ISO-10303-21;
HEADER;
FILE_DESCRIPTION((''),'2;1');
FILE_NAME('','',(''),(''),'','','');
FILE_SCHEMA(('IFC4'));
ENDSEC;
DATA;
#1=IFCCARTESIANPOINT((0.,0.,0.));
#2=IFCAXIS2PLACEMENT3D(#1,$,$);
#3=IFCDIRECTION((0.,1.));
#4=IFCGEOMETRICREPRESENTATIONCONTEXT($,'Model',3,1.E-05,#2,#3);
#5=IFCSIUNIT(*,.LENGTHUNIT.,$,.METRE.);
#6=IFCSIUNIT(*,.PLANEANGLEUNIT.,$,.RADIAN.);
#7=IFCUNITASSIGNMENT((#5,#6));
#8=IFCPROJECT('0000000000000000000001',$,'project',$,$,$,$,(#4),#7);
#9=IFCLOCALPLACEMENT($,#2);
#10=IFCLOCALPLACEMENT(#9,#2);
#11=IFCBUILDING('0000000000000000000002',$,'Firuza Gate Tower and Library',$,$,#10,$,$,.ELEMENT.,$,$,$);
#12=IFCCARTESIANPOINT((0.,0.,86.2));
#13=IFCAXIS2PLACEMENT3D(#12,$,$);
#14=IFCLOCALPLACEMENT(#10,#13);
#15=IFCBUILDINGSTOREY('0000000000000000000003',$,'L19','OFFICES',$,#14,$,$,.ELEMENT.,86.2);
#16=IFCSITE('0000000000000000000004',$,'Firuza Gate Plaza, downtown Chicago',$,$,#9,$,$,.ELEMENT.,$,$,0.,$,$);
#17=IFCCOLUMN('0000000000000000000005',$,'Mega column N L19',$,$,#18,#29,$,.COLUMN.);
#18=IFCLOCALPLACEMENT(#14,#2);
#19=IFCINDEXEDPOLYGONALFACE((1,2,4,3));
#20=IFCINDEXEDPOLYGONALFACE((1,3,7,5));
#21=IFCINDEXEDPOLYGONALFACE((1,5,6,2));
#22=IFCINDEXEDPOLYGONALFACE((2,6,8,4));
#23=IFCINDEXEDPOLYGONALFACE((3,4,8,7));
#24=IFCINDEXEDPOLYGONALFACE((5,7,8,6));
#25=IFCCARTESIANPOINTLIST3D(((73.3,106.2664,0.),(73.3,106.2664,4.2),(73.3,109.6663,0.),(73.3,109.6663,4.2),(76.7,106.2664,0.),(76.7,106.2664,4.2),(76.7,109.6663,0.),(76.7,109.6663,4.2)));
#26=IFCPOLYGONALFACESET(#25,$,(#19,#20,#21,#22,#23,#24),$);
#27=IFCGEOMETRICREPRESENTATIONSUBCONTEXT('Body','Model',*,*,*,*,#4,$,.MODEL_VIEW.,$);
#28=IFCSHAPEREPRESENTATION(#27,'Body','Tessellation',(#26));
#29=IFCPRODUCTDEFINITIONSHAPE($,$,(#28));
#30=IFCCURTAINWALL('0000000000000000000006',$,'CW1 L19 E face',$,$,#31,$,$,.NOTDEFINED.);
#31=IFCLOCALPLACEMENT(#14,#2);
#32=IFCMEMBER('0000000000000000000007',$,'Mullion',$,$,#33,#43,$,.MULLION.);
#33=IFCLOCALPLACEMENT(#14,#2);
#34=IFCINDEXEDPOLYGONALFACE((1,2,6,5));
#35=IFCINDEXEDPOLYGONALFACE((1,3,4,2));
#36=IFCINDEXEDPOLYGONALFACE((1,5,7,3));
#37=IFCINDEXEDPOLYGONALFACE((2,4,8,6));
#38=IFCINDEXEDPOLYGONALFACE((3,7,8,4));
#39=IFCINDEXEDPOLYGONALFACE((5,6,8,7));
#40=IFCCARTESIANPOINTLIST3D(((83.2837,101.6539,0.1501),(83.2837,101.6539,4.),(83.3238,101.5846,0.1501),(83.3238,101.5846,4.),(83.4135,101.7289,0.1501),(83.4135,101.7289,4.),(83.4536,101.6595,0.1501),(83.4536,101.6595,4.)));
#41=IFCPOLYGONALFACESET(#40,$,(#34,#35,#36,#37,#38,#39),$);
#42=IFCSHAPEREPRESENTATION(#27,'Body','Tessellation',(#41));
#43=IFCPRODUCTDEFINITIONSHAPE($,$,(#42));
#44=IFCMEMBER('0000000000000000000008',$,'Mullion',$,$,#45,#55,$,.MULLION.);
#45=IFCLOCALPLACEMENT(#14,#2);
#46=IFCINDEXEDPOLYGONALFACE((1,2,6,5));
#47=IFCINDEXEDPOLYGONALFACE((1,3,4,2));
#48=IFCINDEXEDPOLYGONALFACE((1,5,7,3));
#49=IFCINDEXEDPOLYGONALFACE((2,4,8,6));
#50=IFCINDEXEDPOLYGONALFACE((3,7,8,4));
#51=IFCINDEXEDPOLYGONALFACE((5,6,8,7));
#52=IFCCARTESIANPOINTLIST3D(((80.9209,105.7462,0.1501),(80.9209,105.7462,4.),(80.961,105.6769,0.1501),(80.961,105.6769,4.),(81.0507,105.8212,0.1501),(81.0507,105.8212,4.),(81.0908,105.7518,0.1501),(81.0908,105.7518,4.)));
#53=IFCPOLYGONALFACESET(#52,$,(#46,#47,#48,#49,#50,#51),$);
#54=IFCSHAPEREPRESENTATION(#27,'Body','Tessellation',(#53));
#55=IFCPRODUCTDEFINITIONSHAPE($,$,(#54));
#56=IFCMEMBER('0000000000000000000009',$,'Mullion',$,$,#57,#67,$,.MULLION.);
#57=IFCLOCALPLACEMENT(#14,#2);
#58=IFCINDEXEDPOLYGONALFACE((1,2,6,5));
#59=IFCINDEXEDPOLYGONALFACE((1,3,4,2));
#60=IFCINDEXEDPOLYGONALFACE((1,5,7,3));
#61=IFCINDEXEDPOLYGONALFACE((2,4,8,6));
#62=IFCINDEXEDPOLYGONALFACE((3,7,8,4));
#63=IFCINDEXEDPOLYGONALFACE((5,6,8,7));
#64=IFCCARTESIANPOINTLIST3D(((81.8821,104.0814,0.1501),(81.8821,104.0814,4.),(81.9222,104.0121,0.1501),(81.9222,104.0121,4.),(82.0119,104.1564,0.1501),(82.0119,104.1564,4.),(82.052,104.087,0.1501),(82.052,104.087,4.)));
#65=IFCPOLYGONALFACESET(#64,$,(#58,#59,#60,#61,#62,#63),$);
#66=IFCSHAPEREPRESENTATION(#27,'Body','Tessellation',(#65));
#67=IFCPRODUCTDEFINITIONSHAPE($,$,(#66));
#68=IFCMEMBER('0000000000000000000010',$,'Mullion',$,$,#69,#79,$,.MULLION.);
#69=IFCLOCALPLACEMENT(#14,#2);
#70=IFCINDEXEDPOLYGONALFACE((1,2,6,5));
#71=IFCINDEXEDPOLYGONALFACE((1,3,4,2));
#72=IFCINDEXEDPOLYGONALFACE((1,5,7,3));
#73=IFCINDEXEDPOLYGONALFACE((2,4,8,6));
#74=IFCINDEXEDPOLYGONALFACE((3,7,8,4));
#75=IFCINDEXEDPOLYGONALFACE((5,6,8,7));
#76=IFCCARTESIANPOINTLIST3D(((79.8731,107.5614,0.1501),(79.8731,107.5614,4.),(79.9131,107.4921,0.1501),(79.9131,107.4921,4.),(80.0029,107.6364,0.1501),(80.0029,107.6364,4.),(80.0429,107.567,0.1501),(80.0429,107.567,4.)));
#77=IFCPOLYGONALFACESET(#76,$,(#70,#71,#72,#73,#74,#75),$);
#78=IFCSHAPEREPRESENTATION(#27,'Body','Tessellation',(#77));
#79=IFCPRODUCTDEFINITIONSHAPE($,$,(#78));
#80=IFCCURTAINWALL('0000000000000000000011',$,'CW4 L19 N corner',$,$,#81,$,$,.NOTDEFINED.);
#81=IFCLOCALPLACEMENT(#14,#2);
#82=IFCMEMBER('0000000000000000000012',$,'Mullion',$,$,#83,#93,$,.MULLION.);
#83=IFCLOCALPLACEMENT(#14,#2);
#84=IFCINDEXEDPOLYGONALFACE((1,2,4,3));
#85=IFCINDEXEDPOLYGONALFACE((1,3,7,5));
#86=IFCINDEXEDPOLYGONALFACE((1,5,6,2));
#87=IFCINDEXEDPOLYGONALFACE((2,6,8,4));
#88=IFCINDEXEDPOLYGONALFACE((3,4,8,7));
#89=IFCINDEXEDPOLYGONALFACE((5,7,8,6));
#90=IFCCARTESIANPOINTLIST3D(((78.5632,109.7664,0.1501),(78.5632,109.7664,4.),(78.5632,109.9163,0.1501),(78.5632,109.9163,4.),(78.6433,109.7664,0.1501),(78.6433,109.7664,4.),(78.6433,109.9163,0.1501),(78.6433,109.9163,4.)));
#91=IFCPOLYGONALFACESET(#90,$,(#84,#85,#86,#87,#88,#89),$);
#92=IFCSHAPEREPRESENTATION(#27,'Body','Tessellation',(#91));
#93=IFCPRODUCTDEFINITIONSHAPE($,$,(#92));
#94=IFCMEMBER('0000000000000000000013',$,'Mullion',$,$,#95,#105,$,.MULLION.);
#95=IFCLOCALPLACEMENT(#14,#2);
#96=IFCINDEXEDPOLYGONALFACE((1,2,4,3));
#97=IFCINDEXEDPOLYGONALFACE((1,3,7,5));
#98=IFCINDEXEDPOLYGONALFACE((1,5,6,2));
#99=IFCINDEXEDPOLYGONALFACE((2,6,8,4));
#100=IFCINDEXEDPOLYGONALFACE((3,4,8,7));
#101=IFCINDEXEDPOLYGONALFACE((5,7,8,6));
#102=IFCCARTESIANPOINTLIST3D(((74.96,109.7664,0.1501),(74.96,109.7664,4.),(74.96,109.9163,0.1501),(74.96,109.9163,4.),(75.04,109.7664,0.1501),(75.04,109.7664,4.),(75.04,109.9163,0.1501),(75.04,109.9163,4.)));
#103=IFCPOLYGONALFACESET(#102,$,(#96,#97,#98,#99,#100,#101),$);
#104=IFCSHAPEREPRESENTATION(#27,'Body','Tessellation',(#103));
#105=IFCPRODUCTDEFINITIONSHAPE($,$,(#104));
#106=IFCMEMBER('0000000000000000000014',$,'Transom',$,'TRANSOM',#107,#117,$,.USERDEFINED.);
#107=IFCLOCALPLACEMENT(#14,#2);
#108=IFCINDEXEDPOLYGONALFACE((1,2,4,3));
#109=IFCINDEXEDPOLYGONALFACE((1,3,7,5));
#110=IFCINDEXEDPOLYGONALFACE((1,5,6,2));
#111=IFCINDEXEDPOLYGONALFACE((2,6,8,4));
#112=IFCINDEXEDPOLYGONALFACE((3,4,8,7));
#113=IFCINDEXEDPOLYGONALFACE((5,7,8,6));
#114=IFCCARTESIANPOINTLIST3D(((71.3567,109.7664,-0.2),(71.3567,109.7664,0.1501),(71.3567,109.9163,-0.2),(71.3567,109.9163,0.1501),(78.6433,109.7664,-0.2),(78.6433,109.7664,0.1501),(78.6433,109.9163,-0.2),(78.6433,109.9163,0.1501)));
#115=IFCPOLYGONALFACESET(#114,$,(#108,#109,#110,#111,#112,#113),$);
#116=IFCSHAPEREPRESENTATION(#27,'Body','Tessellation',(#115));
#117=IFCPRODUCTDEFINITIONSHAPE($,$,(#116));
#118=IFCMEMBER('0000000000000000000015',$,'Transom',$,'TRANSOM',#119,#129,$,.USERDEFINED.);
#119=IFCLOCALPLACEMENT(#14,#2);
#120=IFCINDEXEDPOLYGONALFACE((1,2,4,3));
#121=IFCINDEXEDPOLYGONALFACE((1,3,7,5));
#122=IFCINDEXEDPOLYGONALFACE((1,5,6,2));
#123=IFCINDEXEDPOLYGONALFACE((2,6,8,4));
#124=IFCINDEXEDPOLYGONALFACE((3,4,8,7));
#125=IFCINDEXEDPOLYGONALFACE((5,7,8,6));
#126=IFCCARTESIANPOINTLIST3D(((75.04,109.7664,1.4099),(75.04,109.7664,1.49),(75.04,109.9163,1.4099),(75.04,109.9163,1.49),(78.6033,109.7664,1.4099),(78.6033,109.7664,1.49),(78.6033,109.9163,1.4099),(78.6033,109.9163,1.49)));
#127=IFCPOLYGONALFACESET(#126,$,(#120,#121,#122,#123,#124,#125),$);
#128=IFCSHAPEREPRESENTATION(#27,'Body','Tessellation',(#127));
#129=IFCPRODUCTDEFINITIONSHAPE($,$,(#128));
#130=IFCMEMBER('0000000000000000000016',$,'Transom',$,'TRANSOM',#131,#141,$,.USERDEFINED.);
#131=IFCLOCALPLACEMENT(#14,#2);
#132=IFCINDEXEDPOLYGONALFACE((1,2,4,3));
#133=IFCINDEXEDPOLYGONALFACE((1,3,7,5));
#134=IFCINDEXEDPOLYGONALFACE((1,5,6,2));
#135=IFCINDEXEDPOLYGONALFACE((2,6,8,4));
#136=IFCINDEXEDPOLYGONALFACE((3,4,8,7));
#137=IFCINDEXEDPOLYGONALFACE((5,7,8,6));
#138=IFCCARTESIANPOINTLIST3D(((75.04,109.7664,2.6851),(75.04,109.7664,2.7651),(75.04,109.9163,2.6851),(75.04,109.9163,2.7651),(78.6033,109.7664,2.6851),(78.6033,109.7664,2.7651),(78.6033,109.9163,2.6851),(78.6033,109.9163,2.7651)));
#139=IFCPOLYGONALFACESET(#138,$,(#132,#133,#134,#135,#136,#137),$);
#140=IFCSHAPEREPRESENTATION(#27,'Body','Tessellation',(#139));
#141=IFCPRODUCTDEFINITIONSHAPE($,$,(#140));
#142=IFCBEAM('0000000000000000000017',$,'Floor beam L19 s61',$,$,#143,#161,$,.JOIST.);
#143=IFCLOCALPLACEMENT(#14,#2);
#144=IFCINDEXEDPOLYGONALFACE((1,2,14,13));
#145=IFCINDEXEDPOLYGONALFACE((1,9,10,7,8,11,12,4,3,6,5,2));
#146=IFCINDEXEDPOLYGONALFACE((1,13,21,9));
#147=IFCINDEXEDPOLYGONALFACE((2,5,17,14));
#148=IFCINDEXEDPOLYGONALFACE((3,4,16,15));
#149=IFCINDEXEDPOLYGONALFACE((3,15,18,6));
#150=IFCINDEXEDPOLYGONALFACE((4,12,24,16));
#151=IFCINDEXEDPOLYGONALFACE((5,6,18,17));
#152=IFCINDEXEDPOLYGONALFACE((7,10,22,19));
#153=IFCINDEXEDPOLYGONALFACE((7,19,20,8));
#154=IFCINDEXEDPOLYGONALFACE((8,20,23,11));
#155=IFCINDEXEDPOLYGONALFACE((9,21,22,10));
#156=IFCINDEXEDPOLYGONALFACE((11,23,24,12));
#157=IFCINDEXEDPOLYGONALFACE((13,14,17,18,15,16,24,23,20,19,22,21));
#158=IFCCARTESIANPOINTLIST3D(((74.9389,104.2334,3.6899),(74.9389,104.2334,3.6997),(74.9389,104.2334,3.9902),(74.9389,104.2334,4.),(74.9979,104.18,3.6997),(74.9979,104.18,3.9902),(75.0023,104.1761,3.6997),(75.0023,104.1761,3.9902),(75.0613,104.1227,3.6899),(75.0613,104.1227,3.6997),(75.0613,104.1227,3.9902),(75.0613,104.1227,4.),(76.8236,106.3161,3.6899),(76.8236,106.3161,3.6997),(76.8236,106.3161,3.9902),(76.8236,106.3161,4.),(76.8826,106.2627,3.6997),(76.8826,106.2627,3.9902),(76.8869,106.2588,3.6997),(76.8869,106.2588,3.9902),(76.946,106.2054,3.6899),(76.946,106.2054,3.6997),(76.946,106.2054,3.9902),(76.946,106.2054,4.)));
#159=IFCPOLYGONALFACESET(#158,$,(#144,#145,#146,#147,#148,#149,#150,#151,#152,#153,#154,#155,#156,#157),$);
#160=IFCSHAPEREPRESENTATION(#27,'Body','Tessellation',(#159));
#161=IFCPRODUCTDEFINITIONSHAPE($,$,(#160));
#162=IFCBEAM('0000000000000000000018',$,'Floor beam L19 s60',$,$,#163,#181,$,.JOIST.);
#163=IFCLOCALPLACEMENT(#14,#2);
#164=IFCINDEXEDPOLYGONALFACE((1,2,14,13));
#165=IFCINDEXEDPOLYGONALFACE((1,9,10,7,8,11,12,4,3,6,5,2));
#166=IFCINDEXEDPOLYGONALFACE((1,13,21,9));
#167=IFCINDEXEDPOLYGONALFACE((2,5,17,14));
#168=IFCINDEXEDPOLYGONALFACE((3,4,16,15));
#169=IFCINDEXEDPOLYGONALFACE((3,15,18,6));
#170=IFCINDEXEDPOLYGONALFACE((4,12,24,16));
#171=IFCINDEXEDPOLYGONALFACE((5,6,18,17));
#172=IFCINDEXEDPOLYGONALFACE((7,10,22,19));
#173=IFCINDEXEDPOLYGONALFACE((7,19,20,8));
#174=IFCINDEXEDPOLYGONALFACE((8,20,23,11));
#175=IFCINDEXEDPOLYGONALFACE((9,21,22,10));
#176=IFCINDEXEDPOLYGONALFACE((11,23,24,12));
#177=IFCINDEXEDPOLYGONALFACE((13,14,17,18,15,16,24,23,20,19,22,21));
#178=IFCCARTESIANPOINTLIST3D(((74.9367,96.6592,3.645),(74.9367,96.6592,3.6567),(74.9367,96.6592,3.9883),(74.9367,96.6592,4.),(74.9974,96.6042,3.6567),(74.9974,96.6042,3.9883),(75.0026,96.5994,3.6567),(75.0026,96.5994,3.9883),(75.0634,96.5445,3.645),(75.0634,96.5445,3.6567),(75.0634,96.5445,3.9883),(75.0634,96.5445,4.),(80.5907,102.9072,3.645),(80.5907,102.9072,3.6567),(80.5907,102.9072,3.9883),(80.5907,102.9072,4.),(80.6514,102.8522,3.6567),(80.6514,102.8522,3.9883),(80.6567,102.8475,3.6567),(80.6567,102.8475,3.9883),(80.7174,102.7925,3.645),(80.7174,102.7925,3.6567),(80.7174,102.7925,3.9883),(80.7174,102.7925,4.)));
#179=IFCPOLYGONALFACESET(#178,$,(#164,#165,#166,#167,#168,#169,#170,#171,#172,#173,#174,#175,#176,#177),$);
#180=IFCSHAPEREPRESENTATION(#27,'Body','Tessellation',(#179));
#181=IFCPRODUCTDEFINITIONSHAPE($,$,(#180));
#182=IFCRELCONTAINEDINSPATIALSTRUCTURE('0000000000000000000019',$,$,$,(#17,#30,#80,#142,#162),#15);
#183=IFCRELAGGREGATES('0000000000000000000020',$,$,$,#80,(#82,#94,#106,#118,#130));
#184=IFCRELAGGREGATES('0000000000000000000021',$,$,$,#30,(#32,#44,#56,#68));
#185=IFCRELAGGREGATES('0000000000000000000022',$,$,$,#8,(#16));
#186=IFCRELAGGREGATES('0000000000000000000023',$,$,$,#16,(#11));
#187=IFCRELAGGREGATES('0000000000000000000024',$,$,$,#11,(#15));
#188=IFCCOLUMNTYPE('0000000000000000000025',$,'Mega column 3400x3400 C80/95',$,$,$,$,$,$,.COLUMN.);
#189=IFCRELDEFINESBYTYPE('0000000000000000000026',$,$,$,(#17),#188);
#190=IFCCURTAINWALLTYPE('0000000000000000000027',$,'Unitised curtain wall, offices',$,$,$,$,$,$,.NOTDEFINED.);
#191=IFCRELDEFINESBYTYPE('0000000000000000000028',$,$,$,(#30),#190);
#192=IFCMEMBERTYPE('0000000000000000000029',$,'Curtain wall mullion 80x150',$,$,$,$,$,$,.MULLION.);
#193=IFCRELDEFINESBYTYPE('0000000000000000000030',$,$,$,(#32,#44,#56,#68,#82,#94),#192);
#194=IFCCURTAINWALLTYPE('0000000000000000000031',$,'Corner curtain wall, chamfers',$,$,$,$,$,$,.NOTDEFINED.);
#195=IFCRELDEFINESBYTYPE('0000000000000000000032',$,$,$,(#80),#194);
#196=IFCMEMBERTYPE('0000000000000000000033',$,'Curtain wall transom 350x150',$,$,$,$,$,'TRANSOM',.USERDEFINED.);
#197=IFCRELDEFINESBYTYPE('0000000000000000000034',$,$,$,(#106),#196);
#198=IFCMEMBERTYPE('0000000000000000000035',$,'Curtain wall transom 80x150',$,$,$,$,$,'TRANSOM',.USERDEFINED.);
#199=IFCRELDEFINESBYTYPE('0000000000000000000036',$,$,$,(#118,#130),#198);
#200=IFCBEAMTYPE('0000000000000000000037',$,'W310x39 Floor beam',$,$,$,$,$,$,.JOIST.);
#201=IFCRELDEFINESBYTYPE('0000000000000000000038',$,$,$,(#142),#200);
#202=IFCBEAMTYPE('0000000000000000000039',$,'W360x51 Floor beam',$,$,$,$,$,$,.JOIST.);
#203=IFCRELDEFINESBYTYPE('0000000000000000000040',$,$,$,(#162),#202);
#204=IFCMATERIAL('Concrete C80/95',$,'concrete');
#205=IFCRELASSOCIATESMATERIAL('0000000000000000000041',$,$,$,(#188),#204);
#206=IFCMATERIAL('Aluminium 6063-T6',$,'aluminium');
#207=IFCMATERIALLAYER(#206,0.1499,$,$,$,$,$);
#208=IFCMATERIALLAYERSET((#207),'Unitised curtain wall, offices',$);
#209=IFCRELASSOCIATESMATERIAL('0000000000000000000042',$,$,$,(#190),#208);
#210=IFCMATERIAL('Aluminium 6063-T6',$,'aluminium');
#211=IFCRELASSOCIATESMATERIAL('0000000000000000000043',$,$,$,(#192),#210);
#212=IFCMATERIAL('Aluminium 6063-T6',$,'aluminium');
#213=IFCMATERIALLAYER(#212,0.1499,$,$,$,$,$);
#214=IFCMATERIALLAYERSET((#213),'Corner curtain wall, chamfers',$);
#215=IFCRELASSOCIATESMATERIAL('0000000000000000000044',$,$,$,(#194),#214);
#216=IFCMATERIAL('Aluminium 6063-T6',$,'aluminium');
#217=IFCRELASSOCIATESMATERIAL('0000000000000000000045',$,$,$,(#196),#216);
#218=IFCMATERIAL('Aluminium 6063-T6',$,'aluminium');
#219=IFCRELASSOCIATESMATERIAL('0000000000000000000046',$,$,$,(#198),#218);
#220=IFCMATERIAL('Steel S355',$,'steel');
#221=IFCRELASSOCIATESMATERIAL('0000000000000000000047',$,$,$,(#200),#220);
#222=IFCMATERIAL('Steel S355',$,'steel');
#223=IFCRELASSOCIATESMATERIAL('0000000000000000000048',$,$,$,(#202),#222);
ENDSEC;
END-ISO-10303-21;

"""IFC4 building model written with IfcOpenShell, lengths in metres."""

from ifc_helpers import new_model, si_unit, direction, frame, origin, origin_2d, place, context, subcontext, project, spatial, rectangle, i_section, extrude, material, layer, layer_set, material_profile, profile_set, type_object, element, aggregate, save


model = new_model("IFC4")

# Units and contexts
model_context = context("Model", 3, precision=1e-05, world=origin(), true_north=direction((0.0, 1.0)))
body_context = subcontext(model_context, "Body", "Model", "MODEL_VIEW")
ifc_project = project(units=[si_unit("LENGTHUNIT", "METRE"), si_unit("PLANEANGLEUNIT", "RADIAN")], contexts=[model_context])

# Site, building, storey
site_placement = place(None, origin())
site = spatial("IfcSite", under=ifc_project, at=site_placement, Name="Firuza Gate Plaza, downtown Chicago", CompositionType="ELEMENT", RefElevation=0.0)
building_placement = place(site_placement, origin())
building = spatial("IfcBuilding", under=site, at=building_placement, Name="Firuza Gate Tower and Library", CompositionType="ELEMENT")
storey_placement = place(building_placement, frame((0.0, 0.0, 86.2)))
storey = spatial("IfcBuildingStorey", under=building, at=storey_placement, Name="L19", Description="OFFICES", CompositionType="ELEMENT", Elevation=86.2)

# Column
ifc_material_1 = material(Name="Concrete C80/95", Category="concrete")
ifc_material_profile_1 = material_profile(ifc_material_1, rectangle(XDim=3.3999, YDim=3.3999, at=origin_2d()))
ifc_profile_set_1 = profile_set([ifc_material_profile_1], Name="Concrete C80/95")
column_type = type_object("IfcColumnType", Name="Mega column 3400x3400 C80/95", PredefinedType="COLUMN", material=ifc_profile_set_1)
column_placement = place(storey_placement, frame((75.0, 107.9663, 0.0), z_axis=(0.0, 0.0, 1.0), x_axis=(-1.0, 0.0, 0.0)))
element("IfcColumn", 1, at=column_placement, inside=storey, type_object=column_type, Name="Mega column N L19", PredefinedType="COLUMN", context=body_context, shape_type="SweptSolid", body=[
    extrude(rectangle(XDim=3.3999, YDim=3.3999, at=origin_2d()), origin(), (0.0, 0.0, 1.0), 4.2),
])

# Curtain walls, members
ifc_material_2 = material(Name="Aluminium 6063-T6", Category="aluminium")
ifc_layer_1 = layer(ifc_material_2, 0.1499)
ifc_layer_set_1 = layer_set([ifc_layer_1], Name="Unitised curtain wall, offices")
curtain_wall_type_1 = type_object("IfcCurtainWallType", Name="Unitised curtain wall, offices", PredefinedType="NOTDEFINED", material=ifc_layer_set_1)
placement = place(storey_placement, origin())
curtain_wall_1 = element("IfcCurtainWall", 2, at=placement, inside=storey, type_object=curtain_wall_type_1, Name="CW1 L19 E face", PredefinedType="NOTDEFINED")
ifc_material_3 = material(Name="Aluminium 6063-T6", Category="aluminium")
ifc_material_profile_2 = material_profile(ifc_material_3, rectangle(XDim=0.1499, YDim=0.0801, at=origin_2d()))
ifc_profile_set_2 = profile_set([ifc_material_profile_2], Name="Aluminium 6063-T6")
member_type_1 = type_object("IfcMemberType", Name="Curtain wall mullion 80x150", PredefinedType="MULLION", material=ifc_profile_set_2)
member_1_placement = place(storey_placement, frame((83.3687, 101.6567, 0.1501), z_axis=(0.0, 0.0, 1.0), x_axis=(-0.866025, -0.5, 0.0)))
member_1 = element("IfcMember", 3, at=member_1_placement, type_object=member_type_1, Name="Mullion", PredefinedType="MULLION", context=body_context, shape_type="SweptSolid", body=[
    extrude(rectangle(XDim=0.1499, YDim=0.0801, at=origin_2d()), origin(), (0.0, 0.0, 1.0), 3.8499),
])
member_2_placement = place(storey_placement, frame((81.0059, 105.749, 0.1501), z_axis=(0.0, 0.0, 1.0), x_axis=(-0.866025, -0.5, 0.0)))
member_2 = element("IfcMember", 4, at=member_2_placement, type_object=member_type_1, Name="Mullion", PredefinedType="MULLION", context=body_context, shape_type="SweptSolid", body=[
    extrude(rectangle(XDim=0.1499, YDim=0.0801, at=origin_2d()), origin(), (0.0, 0.0, 1.0), 3.8499),
])
member_3_placement = place(storey_placement, frame((81.967, 104.0842, 0.1501), z_axis=(0.0, 0.0, 1.0), x_axis=(-0.866025, -0.5, 0.0)))
member_3 = element("IfcMember", 5, at=member_3_placement, type_object=member_type_1, Name="Mullion", PredefinedType="MULLION", context=body_context, shape_type="SweptSolid", body=[
    extrude(rectangle(XDim=0.1499, YDim=0.0801, at=origin_2d()), origin(), (0.0, 0.0, 1.0), 3.8499),
])
member_4_placement = place(storey_placement, frame((79.958, 107.5642, 0.1501), z_axis=(0.0, 0.0, 1.0), x_axis=(-0.866025, -0.5, 0.0)))
member_4 = element("IfcMember", 6, at=member_4_placement, type_object=member_type_1, Name="Mullion", PredefinedType="MULLION", context=body_context, shape_type="SweptSolid", body=[
    extrude(rectangle(XDim=0.1499, YDim=0.0801, at=origin_2d()), origin(), (0.0, 0.0, 1.0), 3.8499),
])
ifc_material_4 = material(Name="Aluminium 6063-T6", Category="aluminium")
ifc_layer_2 = layer(ifc_material_4, 0.1499)
ifc_layer_set_2 = layer_set([ifc_layer_2], Name="Corner curtain wall, chamfers")
curtain_wall_type_2 = type_object("IfcCurtainWallType", Name="Corner curtain wall, chamfers", PredefinedType="NOTDEFINED", material=ifc_layer_set_2)
curtain_wall_2 = element("IfcCurtainWall", 7, at=placement, inside=storey, type_object=curtain_wall_type_2, Name="CW4 L19 N corner", PredefinedType="NOTDEFINED")
member_5_placement = place(storey_placement, frame((78.6033, 109.8413, 0.1501), z_axis=(0.0, 0.0, 1.0), x_axis=(0.0, -1.0, 0.0)))
member_5 = element("IfcMember", 8, at=member_5_placement, type_object=member_type_1, Name="Mullion", PredefinedType="MULLION", context=body_context, shape_type="SweptSolid", body=[
    extrude(rectangle(XDim=0.1499, YDim=0.0801, at=origin_2d()), origin(), (0.0, 0.0, 1.0), 3.8499),
])
member_6_placement = place(storey_placement, frame((75.0, 109.8413, 0.1501), z_axis=(0.0, 0.0, 1.0), x_axis=(0.0, -1.0, 0.0)))
member_6 = element("IfcMember", 9, at=member_6_placement, type_object=member_type_1, Name="Mullion", PredefinedType="MULLION", context=body_context, shape_type="SweptSolid", body=[
    extrude(rectangle(XDim=0.1499, YDim=0.0801, at=origin_2d()), origin(), (0.0, 0.0, 1.0), 3.8499),
])
ifc_material_5 = material(Name="Aluminium 6063-T6", Category="aluminium")
ifc_material_profile_3 = material_profile(ifc_material_5, rectangle(XDim=0.1499, YDim=0.3501, at=origin_2d()))
ifc_profile_set_3 = profile_set([ifc_material_profile_3], Name="Aluminium 6063-T6")
member_type_2 = type_object("IfcMemberType", Name="Curtain wall transom 350x150", ElementType="TRANSOM", PredefinedType="USERDEFINED", material=ifc_profile_set_3)
member_7_placement = place(storey_placement, frame((78.6433, 109.8413, -0.0249), z_axis=(-1.0, 0.0, 0.0), x_axis=(0.0, -1.0, 0.0)))
member_7 = element("IfcMember", 10, at=member_7_placement, type_object=member_type_2, Name="Transom", ObjectType="TRANSOM", PredefinedType="USERDEFINED", context=body_context, shape_type="SweptSolid", body=[
    extrude(rectangle(XDim=0.1499, YDim=0.3501, at=origin_2d()), origin(), (0.0, 0.0, 1.0), 7.2866),
])
ifc_material_6 = material(Name="Aluminium 6063-T6", Category="aluminium")
ifc_material_profile_4 = material_profile(ifc_material_6, rectangle(XDim=0.1499, YDim=0.0801, at=origin_2d()))
ifc_profile_set_4 = profile_set([ifc_material_profile_4], Name="Aluminium 6063-T6")
member_type_3 = type_object("IfcMemberType", Name="Curtain wall transom 80x150", ElementType="TRANSOM", PredefinedType="USERDEFINED", material=ifc_profile_set_4)
member_8_placement = place(storey_placement, frame((78.6033, 109.8413, 1.45), z_axis=(-1.0, 0.0, 0.0), x_axis=(0.0, -1.0, 0.0)))
member_8 = element("IfcMember", 11, at=member_8_placement, type_object=member_type_3, Name="Transom", ObjectType="TRANSOM", PredefinedType="USERDEFINED", context=body_context, shape_type="SweptSolid", body=[
    extrude(rectangle(XDim=0.1499, YDim=0.0801, at=origin_2d()), origin(), (0.0, 0.0, 1.0), 3.5632),
])
member_9_placement = place(storey_placement, frame((78.6033, 109.8413, 2.7251), z_axis=(-1.0, 0.0, 0.0), x_axis=(0.0, -1.0, 0.0)))
member_9 = element("IfcMember", 12, at=member_9_placement, type_object=member_type_3, Name="Transom", ObjectType="TRANSOM", PredefinedType="USERDEFINED", context=body_context, shape_type="SweptSolid", body=[
    extrude(rectangle(XDim=0.1499, YDim=0.0801, at=origin_2d()), origin(), (0.0, 0.0, 1.0), 3.5632),
])

# Beams
ifc_material_7 = material(Name="Steel S355", Category="steel")
ifc_material_profile_5 = material_profile(ifc_material_7, i_section(OverallWidth=0.165, OverallDepth=0.3101, WebThickness=0.0059, FlangeThickness=0.0098, at=origin_2d()))
ifc_profile_set_5 = profile_set([ifc_material_profile_5], Name="Steel S355")
beam_type_1 = type_object("IfcBeamType", Name="W310x39 Floor beam", PredefinedType="JOIST", material=ifc_profile_set_5)
beam_1_placement = place(storey_placement, frame((76.8848, 106.2607, 3.845), z_axis=(-0.670984, -0.741472, 0.0), x_axis=(0.741472, -0.670984, 0.0)))
element("IfcBeam", 13, at=beam_1_placement, inside=storey, type_object=beam_type_1, Name="Floor beam L19 s61", PredefinedType="JOIST", context=body_context, shape_type="SweptSolid", body=[
    extrude(i_section(OverallWidth=0.165, OverallDepth=0.3101, WebThickness=0.0059, FlangeThickness=0.0098, at=origin_2d()), origin(), (0.0, 0.0, 1.0), 2.8088),
])
ifc_material_8 = material(Name="Steel S355", Category="steel")
ifc_material_profile_6 = material_profile(ifc_material_8, i_section(OverallWidth=0.1709, OverallDepth=0.355, WebThickness=0.0071, FlangeThickness=0.0117, at=origin_2d()))
ifc_profile_set_6 = profile_set([ifc_material_profile_6], Name="Steel S355")
beam_type_2 = type_object("IfcBeamType", Name="W360x51 Floor beam", PredefinedType="JOIST", material=ifc_profile_set_6)
beam_2_placement = place(storey_placement, frame((80.6541, 102.8499, 3.8225), z_axis=(-0.670982, -0.741473, 0.0), x_axis=(0.741473, -0.670982, 0.0)))
element("IfcBeam", 14, at=beam_2_placement, inside=storey, type_object=beam_type_2, Name="Floor beam L19 s60", PredefinedType="JOIST", context=body_context, shape_type="SweptSolid", body=[
    extrude(i_section(OverallWidth=0.1709, OverallDepth=0.355, WebThickness=0.0071, FlangeThickness=0.0117, at=origin_2d()), origin(), (0.0, 0.0, 1.0), 8.4265),
])

aggregate(curtain_wall_2, [member_5, member_6, member_7, member_8, member_9])
aggregate(curtain_wall_1, [member_1, member_2, member_3, member_4])

save(model, "model.ifc")
